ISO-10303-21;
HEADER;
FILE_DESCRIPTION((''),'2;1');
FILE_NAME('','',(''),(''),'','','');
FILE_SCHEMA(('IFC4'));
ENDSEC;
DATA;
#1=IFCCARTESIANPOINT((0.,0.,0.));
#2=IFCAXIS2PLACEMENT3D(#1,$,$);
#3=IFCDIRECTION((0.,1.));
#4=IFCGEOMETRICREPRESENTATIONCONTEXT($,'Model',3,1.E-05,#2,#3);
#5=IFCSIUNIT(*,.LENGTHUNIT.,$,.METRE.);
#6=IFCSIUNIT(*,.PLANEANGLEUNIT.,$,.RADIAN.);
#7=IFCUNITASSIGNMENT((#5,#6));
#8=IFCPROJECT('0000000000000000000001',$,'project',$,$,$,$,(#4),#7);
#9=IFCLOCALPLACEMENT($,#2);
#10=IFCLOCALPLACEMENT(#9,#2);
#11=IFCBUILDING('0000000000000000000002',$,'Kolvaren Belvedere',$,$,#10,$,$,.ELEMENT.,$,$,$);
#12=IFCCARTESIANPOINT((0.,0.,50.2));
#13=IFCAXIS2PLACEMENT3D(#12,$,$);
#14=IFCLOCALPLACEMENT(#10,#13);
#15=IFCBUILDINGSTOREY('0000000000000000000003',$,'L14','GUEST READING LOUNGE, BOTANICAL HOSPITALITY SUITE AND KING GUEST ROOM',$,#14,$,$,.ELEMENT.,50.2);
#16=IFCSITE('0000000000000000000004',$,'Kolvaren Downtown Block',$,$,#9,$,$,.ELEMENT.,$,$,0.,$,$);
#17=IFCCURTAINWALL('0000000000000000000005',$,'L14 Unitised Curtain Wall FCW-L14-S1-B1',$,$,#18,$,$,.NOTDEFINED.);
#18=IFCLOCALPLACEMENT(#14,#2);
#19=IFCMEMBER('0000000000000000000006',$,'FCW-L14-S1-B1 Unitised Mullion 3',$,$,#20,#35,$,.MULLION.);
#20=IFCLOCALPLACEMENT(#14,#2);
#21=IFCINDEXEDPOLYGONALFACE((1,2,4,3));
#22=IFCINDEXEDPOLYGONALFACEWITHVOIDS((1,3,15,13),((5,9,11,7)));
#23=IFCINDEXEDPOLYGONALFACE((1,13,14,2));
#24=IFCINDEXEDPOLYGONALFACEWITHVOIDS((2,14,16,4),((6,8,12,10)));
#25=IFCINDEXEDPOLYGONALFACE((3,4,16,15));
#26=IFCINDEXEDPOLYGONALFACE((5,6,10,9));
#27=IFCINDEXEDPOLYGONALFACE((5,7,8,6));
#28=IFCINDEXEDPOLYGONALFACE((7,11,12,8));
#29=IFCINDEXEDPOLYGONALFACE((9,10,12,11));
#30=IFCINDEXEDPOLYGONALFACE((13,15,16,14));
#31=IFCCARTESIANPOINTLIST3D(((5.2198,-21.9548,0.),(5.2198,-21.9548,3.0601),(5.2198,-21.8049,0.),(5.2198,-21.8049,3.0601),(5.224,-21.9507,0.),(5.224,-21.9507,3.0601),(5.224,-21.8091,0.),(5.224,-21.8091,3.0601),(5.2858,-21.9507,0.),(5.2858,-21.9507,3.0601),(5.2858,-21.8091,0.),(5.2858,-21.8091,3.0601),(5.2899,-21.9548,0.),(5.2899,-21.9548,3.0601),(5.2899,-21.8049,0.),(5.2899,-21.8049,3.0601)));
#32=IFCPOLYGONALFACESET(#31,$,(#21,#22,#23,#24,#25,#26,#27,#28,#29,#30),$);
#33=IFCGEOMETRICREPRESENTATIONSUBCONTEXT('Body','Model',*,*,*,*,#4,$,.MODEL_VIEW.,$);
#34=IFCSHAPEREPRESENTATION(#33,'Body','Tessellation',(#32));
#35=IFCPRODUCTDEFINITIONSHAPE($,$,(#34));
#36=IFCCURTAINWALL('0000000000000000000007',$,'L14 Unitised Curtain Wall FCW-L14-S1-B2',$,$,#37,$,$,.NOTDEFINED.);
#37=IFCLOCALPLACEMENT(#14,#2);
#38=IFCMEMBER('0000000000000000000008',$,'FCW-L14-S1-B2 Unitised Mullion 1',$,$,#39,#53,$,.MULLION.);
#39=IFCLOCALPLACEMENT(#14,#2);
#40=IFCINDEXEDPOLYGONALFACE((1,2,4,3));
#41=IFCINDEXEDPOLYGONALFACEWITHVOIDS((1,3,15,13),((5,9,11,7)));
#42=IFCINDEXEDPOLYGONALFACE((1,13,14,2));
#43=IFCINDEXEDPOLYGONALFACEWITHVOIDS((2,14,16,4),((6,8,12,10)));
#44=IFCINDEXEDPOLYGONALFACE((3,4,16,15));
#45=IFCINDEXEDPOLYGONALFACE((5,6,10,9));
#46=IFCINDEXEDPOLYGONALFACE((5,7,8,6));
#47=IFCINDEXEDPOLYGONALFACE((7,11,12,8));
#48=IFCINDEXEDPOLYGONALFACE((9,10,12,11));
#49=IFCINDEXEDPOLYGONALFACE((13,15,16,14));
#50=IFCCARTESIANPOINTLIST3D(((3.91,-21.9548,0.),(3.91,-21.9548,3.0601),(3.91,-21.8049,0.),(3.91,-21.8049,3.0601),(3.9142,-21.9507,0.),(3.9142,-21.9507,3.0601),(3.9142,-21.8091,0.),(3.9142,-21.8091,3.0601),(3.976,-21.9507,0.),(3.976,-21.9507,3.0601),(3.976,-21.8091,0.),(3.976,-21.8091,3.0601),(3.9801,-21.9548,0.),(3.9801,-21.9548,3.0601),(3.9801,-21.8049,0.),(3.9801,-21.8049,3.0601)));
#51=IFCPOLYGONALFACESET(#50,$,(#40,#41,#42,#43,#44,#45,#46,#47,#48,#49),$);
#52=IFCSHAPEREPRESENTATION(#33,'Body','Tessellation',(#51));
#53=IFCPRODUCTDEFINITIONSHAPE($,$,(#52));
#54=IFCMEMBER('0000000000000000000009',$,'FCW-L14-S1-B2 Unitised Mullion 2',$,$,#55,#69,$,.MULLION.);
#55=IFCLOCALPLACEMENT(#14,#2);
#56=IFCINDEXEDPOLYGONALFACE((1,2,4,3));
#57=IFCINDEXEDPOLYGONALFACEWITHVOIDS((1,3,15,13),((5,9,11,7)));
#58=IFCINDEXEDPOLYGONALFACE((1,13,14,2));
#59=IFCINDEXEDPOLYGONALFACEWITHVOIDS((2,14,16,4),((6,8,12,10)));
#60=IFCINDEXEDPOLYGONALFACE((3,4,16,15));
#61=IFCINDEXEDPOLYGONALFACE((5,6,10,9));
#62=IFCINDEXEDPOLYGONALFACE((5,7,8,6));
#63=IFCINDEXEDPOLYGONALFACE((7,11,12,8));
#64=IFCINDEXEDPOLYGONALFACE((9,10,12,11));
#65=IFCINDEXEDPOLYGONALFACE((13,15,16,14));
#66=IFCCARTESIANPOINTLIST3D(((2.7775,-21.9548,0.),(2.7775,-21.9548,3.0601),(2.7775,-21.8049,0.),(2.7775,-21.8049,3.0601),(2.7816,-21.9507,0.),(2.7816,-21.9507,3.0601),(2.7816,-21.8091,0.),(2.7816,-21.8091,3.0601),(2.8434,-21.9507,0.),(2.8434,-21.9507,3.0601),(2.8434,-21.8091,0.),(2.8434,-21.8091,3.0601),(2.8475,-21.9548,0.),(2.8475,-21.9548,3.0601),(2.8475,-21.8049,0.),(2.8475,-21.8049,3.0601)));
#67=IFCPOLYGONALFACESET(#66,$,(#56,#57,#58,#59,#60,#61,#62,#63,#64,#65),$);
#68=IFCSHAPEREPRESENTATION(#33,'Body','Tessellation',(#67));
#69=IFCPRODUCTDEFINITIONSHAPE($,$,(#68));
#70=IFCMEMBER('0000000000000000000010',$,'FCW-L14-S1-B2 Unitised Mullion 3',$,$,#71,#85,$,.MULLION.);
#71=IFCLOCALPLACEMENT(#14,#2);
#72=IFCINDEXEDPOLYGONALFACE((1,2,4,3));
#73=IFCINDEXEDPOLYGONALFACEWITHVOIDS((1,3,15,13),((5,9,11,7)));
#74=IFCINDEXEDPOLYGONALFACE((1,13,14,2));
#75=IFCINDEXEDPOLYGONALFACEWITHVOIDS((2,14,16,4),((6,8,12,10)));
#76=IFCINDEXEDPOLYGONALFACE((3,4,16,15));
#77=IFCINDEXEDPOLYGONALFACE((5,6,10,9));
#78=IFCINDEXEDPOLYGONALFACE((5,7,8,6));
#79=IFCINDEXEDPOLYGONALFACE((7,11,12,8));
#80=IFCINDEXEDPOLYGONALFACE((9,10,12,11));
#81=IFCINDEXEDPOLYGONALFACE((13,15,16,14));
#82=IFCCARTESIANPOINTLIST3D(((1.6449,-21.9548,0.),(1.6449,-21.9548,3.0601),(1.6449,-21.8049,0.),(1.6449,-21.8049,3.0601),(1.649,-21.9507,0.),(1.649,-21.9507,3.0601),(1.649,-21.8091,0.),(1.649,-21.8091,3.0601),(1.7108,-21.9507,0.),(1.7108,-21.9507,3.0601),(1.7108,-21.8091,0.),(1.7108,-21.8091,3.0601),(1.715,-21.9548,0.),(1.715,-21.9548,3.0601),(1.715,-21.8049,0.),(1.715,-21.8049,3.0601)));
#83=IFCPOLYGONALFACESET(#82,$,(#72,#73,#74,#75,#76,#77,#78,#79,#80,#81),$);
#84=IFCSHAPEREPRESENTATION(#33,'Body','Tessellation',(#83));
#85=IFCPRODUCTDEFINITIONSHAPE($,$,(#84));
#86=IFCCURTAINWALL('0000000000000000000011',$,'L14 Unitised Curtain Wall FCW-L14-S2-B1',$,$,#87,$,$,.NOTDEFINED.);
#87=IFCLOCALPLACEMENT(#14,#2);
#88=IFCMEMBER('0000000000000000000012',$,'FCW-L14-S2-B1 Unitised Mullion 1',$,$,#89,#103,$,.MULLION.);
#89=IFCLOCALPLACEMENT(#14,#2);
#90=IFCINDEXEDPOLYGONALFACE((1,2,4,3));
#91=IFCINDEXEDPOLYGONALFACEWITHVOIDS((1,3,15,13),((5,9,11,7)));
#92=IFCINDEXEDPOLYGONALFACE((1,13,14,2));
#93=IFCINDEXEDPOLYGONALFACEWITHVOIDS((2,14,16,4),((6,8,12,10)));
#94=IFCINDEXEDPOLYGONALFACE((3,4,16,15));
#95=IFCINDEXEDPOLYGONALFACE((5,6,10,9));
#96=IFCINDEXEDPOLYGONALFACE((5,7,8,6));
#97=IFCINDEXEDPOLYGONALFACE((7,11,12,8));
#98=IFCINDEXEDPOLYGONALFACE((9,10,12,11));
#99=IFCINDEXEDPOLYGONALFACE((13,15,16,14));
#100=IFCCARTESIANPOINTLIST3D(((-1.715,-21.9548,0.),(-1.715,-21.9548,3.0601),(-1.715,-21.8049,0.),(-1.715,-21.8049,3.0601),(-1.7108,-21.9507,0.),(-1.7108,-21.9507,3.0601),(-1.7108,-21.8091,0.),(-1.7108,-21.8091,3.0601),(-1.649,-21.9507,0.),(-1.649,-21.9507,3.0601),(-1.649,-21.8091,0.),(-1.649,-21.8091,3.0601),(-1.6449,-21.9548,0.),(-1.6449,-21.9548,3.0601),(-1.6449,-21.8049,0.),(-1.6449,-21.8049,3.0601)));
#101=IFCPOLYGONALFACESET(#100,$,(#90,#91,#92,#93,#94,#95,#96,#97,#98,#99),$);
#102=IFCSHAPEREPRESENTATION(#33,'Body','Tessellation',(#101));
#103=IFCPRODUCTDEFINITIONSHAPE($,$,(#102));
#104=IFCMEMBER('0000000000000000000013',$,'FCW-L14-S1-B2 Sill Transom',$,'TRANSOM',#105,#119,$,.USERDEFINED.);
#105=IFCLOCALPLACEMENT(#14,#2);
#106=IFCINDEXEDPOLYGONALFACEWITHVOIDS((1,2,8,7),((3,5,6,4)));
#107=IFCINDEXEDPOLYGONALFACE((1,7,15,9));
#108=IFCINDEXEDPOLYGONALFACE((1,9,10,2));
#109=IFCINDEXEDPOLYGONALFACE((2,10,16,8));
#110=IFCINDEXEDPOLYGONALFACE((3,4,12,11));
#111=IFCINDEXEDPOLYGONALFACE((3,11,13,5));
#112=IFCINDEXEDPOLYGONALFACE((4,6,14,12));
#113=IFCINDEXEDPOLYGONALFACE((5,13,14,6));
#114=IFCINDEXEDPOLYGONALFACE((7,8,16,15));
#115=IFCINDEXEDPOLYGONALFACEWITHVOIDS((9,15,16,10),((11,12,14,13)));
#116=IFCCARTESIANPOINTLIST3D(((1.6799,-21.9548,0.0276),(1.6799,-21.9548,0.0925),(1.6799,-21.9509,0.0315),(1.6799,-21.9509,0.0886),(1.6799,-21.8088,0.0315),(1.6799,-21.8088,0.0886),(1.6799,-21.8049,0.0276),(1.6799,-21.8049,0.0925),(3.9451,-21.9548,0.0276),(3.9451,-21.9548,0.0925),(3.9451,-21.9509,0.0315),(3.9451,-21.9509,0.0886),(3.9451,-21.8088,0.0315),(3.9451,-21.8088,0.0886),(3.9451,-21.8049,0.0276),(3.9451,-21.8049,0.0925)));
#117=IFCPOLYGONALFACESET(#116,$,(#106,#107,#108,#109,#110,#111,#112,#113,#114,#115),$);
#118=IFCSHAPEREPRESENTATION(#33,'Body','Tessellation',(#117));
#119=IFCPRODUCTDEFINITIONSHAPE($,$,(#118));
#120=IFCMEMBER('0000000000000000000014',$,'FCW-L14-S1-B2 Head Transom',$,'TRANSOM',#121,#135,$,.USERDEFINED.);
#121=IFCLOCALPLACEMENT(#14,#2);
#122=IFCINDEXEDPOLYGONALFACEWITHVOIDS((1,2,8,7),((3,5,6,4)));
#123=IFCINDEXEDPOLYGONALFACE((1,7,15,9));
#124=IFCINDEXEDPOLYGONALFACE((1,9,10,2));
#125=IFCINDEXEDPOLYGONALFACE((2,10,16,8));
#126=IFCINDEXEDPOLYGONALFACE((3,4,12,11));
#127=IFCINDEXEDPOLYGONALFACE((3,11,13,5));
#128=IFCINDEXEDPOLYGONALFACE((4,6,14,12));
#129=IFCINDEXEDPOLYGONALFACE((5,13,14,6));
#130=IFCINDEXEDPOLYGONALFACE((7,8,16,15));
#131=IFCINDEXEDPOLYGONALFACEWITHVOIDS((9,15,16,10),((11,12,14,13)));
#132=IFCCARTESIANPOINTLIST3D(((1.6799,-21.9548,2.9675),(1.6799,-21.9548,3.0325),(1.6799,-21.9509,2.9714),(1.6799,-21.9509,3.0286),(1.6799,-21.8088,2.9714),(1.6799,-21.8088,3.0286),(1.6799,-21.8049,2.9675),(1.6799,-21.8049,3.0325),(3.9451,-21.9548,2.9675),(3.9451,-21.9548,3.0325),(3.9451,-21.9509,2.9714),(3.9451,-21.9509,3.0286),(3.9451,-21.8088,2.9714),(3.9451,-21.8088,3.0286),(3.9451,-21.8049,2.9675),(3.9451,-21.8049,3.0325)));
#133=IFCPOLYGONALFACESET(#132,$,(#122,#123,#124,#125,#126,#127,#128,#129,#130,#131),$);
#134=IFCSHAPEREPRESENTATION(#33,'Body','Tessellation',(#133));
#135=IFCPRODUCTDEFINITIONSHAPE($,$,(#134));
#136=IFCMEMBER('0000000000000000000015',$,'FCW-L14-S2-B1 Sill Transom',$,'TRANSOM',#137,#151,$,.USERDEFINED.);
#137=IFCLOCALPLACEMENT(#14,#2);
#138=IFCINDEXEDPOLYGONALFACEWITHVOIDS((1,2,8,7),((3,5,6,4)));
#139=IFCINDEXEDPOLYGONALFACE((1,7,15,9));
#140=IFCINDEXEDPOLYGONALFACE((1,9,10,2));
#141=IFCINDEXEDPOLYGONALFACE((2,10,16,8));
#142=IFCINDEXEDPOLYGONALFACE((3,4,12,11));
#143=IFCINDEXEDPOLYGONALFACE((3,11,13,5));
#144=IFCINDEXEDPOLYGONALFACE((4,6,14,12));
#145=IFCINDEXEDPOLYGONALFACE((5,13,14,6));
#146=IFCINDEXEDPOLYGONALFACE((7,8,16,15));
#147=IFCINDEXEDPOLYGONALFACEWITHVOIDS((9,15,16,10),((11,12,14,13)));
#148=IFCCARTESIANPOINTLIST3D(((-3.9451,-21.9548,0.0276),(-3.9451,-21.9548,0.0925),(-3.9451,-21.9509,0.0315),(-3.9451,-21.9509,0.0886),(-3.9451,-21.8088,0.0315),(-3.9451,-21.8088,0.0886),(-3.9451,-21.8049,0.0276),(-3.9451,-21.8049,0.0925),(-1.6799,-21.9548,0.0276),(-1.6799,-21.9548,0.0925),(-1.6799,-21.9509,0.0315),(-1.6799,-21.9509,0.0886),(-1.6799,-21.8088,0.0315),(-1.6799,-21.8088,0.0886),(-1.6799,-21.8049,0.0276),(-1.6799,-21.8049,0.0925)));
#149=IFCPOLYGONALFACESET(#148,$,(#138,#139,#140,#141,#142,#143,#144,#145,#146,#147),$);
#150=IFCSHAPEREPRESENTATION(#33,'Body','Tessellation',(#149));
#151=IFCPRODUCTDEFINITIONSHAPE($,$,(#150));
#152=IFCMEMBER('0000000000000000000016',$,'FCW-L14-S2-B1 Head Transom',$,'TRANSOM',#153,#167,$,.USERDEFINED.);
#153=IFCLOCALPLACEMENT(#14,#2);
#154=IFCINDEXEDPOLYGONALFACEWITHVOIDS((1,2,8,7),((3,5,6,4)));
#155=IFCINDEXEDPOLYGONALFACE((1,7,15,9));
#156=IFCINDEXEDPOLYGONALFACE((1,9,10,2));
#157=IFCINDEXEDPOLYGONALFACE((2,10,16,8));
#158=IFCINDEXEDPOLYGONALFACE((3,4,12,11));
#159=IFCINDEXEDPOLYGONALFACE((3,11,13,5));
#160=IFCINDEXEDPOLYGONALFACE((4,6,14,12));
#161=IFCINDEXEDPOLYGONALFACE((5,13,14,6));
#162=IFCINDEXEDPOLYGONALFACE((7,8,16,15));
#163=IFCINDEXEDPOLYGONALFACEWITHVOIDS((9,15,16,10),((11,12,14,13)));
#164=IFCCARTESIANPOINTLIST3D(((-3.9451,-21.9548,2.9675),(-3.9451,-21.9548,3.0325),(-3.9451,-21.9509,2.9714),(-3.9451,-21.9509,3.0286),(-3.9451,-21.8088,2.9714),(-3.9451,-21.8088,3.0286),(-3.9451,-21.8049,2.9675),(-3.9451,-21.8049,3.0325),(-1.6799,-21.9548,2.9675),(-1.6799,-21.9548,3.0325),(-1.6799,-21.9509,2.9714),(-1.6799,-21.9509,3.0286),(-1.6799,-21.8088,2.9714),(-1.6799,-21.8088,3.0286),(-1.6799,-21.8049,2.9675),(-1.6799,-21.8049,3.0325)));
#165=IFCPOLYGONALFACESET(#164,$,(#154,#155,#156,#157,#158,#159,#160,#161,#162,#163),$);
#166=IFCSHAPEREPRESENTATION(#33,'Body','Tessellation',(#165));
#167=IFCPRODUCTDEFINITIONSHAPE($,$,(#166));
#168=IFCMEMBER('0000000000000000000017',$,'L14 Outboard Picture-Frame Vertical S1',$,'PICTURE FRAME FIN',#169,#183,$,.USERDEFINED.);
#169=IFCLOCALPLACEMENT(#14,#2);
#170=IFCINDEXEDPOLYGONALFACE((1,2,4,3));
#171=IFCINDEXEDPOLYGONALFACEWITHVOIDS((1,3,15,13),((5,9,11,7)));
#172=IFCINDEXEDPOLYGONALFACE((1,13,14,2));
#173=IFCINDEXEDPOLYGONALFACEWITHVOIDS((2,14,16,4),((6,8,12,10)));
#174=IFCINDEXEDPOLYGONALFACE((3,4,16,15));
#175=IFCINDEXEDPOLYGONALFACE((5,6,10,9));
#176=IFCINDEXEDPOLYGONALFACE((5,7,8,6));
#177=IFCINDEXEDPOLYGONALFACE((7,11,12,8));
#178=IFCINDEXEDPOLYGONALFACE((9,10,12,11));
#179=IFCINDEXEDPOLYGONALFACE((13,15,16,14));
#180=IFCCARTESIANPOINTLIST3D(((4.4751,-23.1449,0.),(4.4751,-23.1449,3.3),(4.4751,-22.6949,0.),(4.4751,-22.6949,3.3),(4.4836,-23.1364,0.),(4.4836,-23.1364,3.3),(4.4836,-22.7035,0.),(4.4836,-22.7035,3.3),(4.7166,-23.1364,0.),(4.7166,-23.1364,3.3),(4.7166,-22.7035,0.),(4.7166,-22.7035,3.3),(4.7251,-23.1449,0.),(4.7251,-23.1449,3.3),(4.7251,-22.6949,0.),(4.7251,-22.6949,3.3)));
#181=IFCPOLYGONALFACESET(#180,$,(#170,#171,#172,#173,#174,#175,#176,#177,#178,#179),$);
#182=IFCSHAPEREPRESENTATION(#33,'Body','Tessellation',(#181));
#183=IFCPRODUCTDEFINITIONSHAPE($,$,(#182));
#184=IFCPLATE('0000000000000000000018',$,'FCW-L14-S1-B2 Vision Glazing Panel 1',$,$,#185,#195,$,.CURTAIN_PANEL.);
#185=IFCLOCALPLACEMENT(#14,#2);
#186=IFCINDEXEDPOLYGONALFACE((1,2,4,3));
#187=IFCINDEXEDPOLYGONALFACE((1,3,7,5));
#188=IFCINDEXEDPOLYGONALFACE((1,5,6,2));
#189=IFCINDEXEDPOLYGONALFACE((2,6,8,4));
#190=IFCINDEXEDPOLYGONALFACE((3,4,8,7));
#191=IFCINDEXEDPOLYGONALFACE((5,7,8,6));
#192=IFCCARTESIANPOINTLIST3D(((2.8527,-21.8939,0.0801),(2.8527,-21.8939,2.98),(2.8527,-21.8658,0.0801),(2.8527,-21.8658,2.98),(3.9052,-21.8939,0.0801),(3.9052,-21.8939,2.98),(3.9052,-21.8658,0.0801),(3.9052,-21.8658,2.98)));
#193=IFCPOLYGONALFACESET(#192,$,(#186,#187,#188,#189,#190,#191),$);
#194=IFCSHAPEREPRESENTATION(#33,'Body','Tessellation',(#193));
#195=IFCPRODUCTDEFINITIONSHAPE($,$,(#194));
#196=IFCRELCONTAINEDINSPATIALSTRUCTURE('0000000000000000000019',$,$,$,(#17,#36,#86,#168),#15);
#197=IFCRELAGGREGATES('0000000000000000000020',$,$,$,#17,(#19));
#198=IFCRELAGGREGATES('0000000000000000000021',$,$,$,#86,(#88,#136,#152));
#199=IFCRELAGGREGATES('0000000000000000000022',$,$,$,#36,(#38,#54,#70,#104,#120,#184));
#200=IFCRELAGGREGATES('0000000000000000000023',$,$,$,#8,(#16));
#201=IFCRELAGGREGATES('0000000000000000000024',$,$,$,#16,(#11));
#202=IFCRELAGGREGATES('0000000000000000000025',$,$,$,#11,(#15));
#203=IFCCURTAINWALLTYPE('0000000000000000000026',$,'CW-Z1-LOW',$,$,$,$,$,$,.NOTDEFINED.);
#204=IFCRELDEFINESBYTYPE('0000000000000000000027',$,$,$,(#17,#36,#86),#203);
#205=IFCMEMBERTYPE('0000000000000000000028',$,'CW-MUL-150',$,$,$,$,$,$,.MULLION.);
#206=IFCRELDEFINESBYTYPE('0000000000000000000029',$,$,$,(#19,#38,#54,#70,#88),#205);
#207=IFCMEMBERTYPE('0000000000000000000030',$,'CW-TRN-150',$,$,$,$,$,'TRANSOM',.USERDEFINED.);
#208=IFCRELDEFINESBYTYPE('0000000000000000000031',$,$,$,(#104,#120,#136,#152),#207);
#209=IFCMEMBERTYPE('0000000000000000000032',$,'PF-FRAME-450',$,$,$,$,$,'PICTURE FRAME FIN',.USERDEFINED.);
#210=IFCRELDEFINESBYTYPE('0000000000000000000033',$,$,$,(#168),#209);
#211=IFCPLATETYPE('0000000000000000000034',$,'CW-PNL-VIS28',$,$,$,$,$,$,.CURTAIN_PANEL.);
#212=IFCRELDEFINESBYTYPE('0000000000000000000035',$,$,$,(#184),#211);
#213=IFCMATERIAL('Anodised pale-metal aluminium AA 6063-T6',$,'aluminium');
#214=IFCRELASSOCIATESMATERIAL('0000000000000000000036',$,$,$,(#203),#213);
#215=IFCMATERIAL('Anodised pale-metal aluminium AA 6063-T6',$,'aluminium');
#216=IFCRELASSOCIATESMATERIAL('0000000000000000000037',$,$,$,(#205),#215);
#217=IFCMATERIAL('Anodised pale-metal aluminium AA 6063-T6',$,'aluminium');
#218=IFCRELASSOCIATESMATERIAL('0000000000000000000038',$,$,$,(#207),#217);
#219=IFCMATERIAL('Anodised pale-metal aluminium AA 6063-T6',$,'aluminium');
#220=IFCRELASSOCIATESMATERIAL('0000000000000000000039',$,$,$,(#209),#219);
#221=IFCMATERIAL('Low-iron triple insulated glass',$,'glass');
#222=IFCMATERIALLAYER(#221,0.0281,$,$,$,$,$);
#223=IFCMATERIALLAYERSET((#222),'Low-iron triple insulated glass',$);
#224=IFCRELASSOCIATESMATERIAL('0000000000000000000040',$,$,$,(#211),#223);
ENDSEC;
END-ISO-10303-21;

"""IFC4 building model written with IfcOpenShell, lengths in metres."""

from ifc_helpers import new_model, si_unit, direction, frame, origin, origin_2d, place, context, subcontext, project, spatial, rectangle, hollow_rectangle, extrude, material, layer, layer_set, material_profile, profile_set, type_object, element, aggregate, save


model = new_model("IFC4")

# Units and contexts
model_context = context("Model", 3, precision=1e-05, world=origin(), true_north=direction((0.0, 1.0)))
body_context = subcontext(model_context, "Body", "Model", "MODEL_VIEW")
ifc_project = project(units=[si_unit("LENGTHUNIT", "METRE"), si_unit("PLANEANGLEUNIT", "RADIAN")], contexts=[model_context])

# Site, building, storey
site_placement = place(None, origin())
site = spatial("IfcSite", under=ifc_project, at=site_placement, Name="Kolvaren Downtown Block", CompositionType="ELEMENT", RefElevation=0.0)
building_placement = place(site_placement, origin())
building = spatial("IfcBuilding", under=site, at=building_placement, Name="Kolvaren Belvedere", CompositionType="ELEMENT")
storey_placement = place(building_placement, frame((0.0, 0.0, 50.2)))
storey = spatial("IfcBuildingStorey", under=building, at=storey_placement, Name="L14", Description="GUEST READING LOUNGE, BOTANICAL HOSPITALITY SUITE AND KING GUEST ROOM", CompositionType="ELEMENT", Elevation=50.2)

# Curtain wall, member
ifc_material_1 = material(Name="Anodised pale-metal aluminium AA 6063-T6", Category="aluminium")
curtain_wall_type = type_object("IfcCurtainWallType", Name="CW-Z1-LOW", PredefinedType="NOTDEFINED", material=ifc_material_1)
curtain_wall_1_placement = place(storey_placement, origin())
curtain_wall_1 = element("IfcCurtainWall", 1, at=curtain_wall_1_placement, inside=storey, type_object=curtain_wall_type, Name="L14 Unitised Curtain Wall FCW-L14-S1-B1", PredefinedType="NOTDEFINED")
ifc_material_2 = material(Name="Anodised pale-metal aluminium AA 6063-T6", Category="aluminium")
ifc_material_profile_1 = material_profile(ifc_material_2, hollow_rectangle(XDim=0.0701, YDim=0.1499, WallThickness=0.0042, at=origin_2d()), Name="ALU-MUL-150X70")
ifc_profile_set_1 = profile_set([ifc_material_profile_1], Name="Anodised pale-metal aluminium AA 6063-T6")
member_type_1 = type_object("IfcMemberType", Name="CW-MUL-150", PredefinedType="MULLION", material=ifc_profile_set_1)
member_1_placement = place(storey_placement, frame((5.2549, -21.8799, 0.0), z_axis=(0.0, 0.0, 1.0), x_axis=(1.0, 0.0, 0.0)))
member_1 = element("IfcMember", 2, at=member_1_placement, type_object=member_type_1, Name="FCW-L14-S1-B1 Unitised Mullion 3", PredefinedType="MULLION", context=body_context, shape_type="SweptSolid", body=[
    extrude(hollow_rectangle(XDim=0.0701, YDim=0.1499, WallThickness=0.0042, at=origin_2d()), origin(), (0.0, 0.0, 1.0), 3.0601),
])
aggregate(curtain_wall_1, [member_1])

# Curtain wall, members
curtain_wall_2_placement = place(storey_placement, origin())
curtain_wall_2 = element("IfcCurtainWall", 3, at=curtain_wall_2_placement, inside=storey, type_object=curtain_wall_type, Name="L14 Unitised Curtain Wall FCW-L14-S1-B2", PredefinedType="NOTDEFINED")
member_2_placement = place(storey_placement, frame((3.9451, -21.8799, 0.0), z_axis=(0.0, 0.0, 1.0), x_axis=(1.0, 0.0, 0.0)))
member_2 = element("IfcMember", 4, at=member_2_placement, type_object=member_type_1, Name="FCW-L14-S1-B2 Unitised Mullion 1", PredefinedType="MULLION", context=body_context, shape_type="SweptSolid", body=[
    extrude(hollow_rectangle(XDim=0.0701, YDim=0.1499, WallThickness=0.0042, at=origin_2d()), origin(), (0.0, 0.0, 1.0), 3.0601),
])
member_3_placement = place(storey_placement, frame((2.8125, -21.8799, 0.0), z_axis=(0.0, 0.0, 1.0), x_axis=(1.0, 0.0, 0.0)))
member_3 = element("IfcMember", 5, at=member_3_placement, type_object=member_type_1, Name="FCW-L14-S1-B2 Unitised Mullion 2", PredefinedType="MULLION", context=body_context, shape_type="SweptSolid", body=[
    extrude(hollow_rectangle(XDim=0.0701, YDim=0.1499, WallThickness=0.0042, at=origin_2d()), origin(), (0.0, 0.0, 1.0), 3.0601),
])
member_4_placement = place(storey_placement, frame((1.6799, -21.8799, 0.0), z_axis=(0.0, 0.0, 1.0), x_axis=(1.0, 0.0, 0.0)))
member_4 = element("IfcMember", 6, at=member_4_placement, type_object=member_type_1, Name="FCW-L14-S1-B2 Unitised Mullion 3", PredefinedType="MULLION", context=body_context, shape_type="SweptSolid", body=[
    extrude(hollow_rectangle(XDim=0.0701, YDim=0.1499, WallThickness=0.0042, at=origin_2d()), origin(), (0.0, 0.0, 1.0), 3.0601),
])

# Curtain wall, member
curtain_wall_3_placement = place(storey_placement, origin())
curtain_wall_3 = element("IfcCurtainWall", 7, at=curtain_wall_3_placement, inside=storey, type_object=curtain_wall_type, Name="L14 Unitised Curtain Wall FCW-L14-S2-B1", PredefinedType="NOTDEFINED")
member_5_placement = place(storey_placement, frame((-1.6799, -21.8799, 0.0), z_axis=(0.0, 0.0, 1.0), x_axis=(1.0, 0.0, 0.0)))
member_5 = element("IfcMember", 8, at=member_5_placement, type_object=member_type_1, Name="FCW-L14-S2-B1 Unitised Mullion 1", PredefinedType="MULLION", context=body_context, shape_type="SweptSolid", body=[
    extrude(hollow_rectangle(XDim=0.0701, YDim=0.1499, WallThickness=0.0042, at=origin_2d()), origin(), (0.0, 0.0, 1.0), 3.0601),
])

# Members
ifc_material_3 = material(Name="Anodised pale-metal aluminium AA 6063-T6", Category="aluminium")
ifc_material_profile_2 = material_profile(ifc_material_3, hollow_rectangle(XDim=0.0649, YDim=0.1499, WallThickness=0.0039, at=origin_2d()), Name="ALU-TRN-150X65")
ifc_profile_set_2 = profile_set([ifc_material_profile_2], Name="Anodised pale-metal aluminium AA 6063-T6")
member_type_2 = type_object("IfcMemberType", Name="CW-TRN-150", ElementType="TRANSOM", PredefinedType="USERDEFINED", material=ifc_profile_set_2)
member_6_placement = place(storey_placement, frame((3.9451, -21.8799, 0.0601), z_axis=(-1.0, 0.0, 0.0), x_axis=(0.0, 0.0, 1.0)))
member_6 = element("IfcMember", 9, at=member_6_placement, type_object=member_type_2, Name="FCW-L14-S1-B2 Sill Transom", ObjectType="TRANSOM", PredefinedType="USERDEFINED", context=body_context, shape_type="SweptSolid", body=[
    extrude(hollow_rectangle(XDim=0.0649, YDim=0.1499, WallThickness=0.0039, at=origin_2d()), origin(), (0.0, 0.0, 1.0), 2.2651),
])
member_7_placement = place(storey_placement, frame((3.9451, -21.8799, 3.0), z_axis=(-1.0, 0.0, 0.0), x_axis=(0.0, 0.0, 1.0)))
member_7 = element("IfcMember", 10, at=member_7_placement, type_object=member_type_2, Name="FCW-L14-S1-B2 Head Transom", ObjectType="TRANSOM", PredefinedType="USERDEFINED", context=body_context, shape_type="SweptSolid", body=[
    extrude(hollow_rectangle(XDim=0.0649, YDim=0.1499, WallThickness=0.0039, at=origin_2d()), origin(), (0.0, 0.0, 1.0), 2.2651),
])
member_8_placement = place(storey_placement, frame((-1.6799, -21.8799, 0.0601), z_axis=(-1.0, 0.0, 0.0), x_axis=(0.0, 0.0, 1.0)))
member_8 = element("IfcMember", 11, at=member_8_placement, type_object=member_type_2, Name="FCW-L14-S2-B1 Sill Transom", ObjectType="TRANSOM", PredefinedType="USERDEFINED", context=body_context, shape_type="SweptSolid", body=[
    extrude(hollow_rectangle(XDim=0.0649, YDim=0.1499, WallThickness=0.0039, at=origin_2d()), origin(), (0.0, 0.0, 1.0), 2.2651),
])
member_9_placement = place(storey_placement, frame((-1.6799, -21.8799, 3.0), z_axis=(-1.0, 0.0, 0.0), x_axis=(0.0, 0.0, 1.0)))
member_9 = element("IfcMember", 12, at=member_9_placement, type_object=member_type_2, Name="FCW-L14-S2-B1 Head Transom", ObjectType="TRANSOM", PredefinedType="USERDEFINED", context=body_context, shape_type="SweptSolid", body=[
    extrude(hollow_rectangle(XDim=0.0649, YDim=0.1499, WallThickness=0.0039, at=origin_2d()), origin(), (0.0, 0.0, 1.0), 2.2651),
])
aggregate(curtain_wall_3, [member_5, member_8, member_9])
ifc_material_4 = material(Name="Anodised pale-metal aluminium AA 6063-T6", Category="aluminium")
ifc_material_profile_3 = material_profile(ifc_material_4, hollow_rectangle(XDim=0.25, YDim=0.45, WallThickness=0.0085, at=origin_2d()), Name="ALU-PF-450X250")
ifc_profile_set_3 = profile_set([ifc_material_profile_3], Name="Anodised pale-metal aluminium AA 6063-T6")
member_type_3 = type_object("IfcMemberType", Name="PF-FRAME-450", ElementType="PICTURE FRAME FIN", PredefinedType="USERDEFINED", material=ifc_profile_set_3)
member_10_placement = place(storey_placement, frame((4.6001, -22.9199, 0.0), z_axis=(0.0, 0.0, 1.0), x_axis=(1.0, 0.0, 0.0)))
element("IfcMember", 13, at=member_10_placement, inside=storey, type_object=member_type_3, Name="L14 Outboard Picture-Frame Vertical S1", ObjectType="PICTURE FRAME FIN", PredefinedType="USERDEFINED", context=body_context, shape_type="SweptSolid", body=[
    extrude(hollow_rectangle(XDim=0.25, YDim=0.45, WallThickness=0.0085, at=origin_2d()), origin(), (0.0, 0.0, 1.0), 3.3),
])

# Plate
ifc_material_5 = material(Name="Low-iron triple insulated glass", Category="glass")
ifc_layer_1 = layer(ifc_material_5, 0.0281)
ifc_layer_set_1 = layer_set([ifc_layer_1], Name="Low-iron triple insulated glass")
plate_type_1 = type_object("IfcPlateType", Name="CW-PNL-VIS28", PredefinedType="CURTAIN_PANEL", material=ifc_layer_set_1)
plate_1_placement = place(storey_placement, frame((3.3789, -21.8799, 0.0801), z_axis=(0.0, 0.0, 1.0), x_axis=(-1.0, 0.0, 0.0)))
plate_1 = element("IfcPlate", 14, at=plate_1_placement, type_object=plate_type_1, Name="FCW-L14-S1-B2 Vision Glazing Panel 1", PredefinedType="CURTAIN_PANEL", context=body_context, shape_type="SweptSolid", body=[
    extrude(rectangle(XDim=1.0525, YDim=0.0281, at=origin_2d()), origin(), (0.0, 0.0, 1.0), 2.8999),
])
aggregate(curtain_wall_2, [member_2, member_3, member_4, member_6, member_7, plate_1])

save(model, "model.ifc")
